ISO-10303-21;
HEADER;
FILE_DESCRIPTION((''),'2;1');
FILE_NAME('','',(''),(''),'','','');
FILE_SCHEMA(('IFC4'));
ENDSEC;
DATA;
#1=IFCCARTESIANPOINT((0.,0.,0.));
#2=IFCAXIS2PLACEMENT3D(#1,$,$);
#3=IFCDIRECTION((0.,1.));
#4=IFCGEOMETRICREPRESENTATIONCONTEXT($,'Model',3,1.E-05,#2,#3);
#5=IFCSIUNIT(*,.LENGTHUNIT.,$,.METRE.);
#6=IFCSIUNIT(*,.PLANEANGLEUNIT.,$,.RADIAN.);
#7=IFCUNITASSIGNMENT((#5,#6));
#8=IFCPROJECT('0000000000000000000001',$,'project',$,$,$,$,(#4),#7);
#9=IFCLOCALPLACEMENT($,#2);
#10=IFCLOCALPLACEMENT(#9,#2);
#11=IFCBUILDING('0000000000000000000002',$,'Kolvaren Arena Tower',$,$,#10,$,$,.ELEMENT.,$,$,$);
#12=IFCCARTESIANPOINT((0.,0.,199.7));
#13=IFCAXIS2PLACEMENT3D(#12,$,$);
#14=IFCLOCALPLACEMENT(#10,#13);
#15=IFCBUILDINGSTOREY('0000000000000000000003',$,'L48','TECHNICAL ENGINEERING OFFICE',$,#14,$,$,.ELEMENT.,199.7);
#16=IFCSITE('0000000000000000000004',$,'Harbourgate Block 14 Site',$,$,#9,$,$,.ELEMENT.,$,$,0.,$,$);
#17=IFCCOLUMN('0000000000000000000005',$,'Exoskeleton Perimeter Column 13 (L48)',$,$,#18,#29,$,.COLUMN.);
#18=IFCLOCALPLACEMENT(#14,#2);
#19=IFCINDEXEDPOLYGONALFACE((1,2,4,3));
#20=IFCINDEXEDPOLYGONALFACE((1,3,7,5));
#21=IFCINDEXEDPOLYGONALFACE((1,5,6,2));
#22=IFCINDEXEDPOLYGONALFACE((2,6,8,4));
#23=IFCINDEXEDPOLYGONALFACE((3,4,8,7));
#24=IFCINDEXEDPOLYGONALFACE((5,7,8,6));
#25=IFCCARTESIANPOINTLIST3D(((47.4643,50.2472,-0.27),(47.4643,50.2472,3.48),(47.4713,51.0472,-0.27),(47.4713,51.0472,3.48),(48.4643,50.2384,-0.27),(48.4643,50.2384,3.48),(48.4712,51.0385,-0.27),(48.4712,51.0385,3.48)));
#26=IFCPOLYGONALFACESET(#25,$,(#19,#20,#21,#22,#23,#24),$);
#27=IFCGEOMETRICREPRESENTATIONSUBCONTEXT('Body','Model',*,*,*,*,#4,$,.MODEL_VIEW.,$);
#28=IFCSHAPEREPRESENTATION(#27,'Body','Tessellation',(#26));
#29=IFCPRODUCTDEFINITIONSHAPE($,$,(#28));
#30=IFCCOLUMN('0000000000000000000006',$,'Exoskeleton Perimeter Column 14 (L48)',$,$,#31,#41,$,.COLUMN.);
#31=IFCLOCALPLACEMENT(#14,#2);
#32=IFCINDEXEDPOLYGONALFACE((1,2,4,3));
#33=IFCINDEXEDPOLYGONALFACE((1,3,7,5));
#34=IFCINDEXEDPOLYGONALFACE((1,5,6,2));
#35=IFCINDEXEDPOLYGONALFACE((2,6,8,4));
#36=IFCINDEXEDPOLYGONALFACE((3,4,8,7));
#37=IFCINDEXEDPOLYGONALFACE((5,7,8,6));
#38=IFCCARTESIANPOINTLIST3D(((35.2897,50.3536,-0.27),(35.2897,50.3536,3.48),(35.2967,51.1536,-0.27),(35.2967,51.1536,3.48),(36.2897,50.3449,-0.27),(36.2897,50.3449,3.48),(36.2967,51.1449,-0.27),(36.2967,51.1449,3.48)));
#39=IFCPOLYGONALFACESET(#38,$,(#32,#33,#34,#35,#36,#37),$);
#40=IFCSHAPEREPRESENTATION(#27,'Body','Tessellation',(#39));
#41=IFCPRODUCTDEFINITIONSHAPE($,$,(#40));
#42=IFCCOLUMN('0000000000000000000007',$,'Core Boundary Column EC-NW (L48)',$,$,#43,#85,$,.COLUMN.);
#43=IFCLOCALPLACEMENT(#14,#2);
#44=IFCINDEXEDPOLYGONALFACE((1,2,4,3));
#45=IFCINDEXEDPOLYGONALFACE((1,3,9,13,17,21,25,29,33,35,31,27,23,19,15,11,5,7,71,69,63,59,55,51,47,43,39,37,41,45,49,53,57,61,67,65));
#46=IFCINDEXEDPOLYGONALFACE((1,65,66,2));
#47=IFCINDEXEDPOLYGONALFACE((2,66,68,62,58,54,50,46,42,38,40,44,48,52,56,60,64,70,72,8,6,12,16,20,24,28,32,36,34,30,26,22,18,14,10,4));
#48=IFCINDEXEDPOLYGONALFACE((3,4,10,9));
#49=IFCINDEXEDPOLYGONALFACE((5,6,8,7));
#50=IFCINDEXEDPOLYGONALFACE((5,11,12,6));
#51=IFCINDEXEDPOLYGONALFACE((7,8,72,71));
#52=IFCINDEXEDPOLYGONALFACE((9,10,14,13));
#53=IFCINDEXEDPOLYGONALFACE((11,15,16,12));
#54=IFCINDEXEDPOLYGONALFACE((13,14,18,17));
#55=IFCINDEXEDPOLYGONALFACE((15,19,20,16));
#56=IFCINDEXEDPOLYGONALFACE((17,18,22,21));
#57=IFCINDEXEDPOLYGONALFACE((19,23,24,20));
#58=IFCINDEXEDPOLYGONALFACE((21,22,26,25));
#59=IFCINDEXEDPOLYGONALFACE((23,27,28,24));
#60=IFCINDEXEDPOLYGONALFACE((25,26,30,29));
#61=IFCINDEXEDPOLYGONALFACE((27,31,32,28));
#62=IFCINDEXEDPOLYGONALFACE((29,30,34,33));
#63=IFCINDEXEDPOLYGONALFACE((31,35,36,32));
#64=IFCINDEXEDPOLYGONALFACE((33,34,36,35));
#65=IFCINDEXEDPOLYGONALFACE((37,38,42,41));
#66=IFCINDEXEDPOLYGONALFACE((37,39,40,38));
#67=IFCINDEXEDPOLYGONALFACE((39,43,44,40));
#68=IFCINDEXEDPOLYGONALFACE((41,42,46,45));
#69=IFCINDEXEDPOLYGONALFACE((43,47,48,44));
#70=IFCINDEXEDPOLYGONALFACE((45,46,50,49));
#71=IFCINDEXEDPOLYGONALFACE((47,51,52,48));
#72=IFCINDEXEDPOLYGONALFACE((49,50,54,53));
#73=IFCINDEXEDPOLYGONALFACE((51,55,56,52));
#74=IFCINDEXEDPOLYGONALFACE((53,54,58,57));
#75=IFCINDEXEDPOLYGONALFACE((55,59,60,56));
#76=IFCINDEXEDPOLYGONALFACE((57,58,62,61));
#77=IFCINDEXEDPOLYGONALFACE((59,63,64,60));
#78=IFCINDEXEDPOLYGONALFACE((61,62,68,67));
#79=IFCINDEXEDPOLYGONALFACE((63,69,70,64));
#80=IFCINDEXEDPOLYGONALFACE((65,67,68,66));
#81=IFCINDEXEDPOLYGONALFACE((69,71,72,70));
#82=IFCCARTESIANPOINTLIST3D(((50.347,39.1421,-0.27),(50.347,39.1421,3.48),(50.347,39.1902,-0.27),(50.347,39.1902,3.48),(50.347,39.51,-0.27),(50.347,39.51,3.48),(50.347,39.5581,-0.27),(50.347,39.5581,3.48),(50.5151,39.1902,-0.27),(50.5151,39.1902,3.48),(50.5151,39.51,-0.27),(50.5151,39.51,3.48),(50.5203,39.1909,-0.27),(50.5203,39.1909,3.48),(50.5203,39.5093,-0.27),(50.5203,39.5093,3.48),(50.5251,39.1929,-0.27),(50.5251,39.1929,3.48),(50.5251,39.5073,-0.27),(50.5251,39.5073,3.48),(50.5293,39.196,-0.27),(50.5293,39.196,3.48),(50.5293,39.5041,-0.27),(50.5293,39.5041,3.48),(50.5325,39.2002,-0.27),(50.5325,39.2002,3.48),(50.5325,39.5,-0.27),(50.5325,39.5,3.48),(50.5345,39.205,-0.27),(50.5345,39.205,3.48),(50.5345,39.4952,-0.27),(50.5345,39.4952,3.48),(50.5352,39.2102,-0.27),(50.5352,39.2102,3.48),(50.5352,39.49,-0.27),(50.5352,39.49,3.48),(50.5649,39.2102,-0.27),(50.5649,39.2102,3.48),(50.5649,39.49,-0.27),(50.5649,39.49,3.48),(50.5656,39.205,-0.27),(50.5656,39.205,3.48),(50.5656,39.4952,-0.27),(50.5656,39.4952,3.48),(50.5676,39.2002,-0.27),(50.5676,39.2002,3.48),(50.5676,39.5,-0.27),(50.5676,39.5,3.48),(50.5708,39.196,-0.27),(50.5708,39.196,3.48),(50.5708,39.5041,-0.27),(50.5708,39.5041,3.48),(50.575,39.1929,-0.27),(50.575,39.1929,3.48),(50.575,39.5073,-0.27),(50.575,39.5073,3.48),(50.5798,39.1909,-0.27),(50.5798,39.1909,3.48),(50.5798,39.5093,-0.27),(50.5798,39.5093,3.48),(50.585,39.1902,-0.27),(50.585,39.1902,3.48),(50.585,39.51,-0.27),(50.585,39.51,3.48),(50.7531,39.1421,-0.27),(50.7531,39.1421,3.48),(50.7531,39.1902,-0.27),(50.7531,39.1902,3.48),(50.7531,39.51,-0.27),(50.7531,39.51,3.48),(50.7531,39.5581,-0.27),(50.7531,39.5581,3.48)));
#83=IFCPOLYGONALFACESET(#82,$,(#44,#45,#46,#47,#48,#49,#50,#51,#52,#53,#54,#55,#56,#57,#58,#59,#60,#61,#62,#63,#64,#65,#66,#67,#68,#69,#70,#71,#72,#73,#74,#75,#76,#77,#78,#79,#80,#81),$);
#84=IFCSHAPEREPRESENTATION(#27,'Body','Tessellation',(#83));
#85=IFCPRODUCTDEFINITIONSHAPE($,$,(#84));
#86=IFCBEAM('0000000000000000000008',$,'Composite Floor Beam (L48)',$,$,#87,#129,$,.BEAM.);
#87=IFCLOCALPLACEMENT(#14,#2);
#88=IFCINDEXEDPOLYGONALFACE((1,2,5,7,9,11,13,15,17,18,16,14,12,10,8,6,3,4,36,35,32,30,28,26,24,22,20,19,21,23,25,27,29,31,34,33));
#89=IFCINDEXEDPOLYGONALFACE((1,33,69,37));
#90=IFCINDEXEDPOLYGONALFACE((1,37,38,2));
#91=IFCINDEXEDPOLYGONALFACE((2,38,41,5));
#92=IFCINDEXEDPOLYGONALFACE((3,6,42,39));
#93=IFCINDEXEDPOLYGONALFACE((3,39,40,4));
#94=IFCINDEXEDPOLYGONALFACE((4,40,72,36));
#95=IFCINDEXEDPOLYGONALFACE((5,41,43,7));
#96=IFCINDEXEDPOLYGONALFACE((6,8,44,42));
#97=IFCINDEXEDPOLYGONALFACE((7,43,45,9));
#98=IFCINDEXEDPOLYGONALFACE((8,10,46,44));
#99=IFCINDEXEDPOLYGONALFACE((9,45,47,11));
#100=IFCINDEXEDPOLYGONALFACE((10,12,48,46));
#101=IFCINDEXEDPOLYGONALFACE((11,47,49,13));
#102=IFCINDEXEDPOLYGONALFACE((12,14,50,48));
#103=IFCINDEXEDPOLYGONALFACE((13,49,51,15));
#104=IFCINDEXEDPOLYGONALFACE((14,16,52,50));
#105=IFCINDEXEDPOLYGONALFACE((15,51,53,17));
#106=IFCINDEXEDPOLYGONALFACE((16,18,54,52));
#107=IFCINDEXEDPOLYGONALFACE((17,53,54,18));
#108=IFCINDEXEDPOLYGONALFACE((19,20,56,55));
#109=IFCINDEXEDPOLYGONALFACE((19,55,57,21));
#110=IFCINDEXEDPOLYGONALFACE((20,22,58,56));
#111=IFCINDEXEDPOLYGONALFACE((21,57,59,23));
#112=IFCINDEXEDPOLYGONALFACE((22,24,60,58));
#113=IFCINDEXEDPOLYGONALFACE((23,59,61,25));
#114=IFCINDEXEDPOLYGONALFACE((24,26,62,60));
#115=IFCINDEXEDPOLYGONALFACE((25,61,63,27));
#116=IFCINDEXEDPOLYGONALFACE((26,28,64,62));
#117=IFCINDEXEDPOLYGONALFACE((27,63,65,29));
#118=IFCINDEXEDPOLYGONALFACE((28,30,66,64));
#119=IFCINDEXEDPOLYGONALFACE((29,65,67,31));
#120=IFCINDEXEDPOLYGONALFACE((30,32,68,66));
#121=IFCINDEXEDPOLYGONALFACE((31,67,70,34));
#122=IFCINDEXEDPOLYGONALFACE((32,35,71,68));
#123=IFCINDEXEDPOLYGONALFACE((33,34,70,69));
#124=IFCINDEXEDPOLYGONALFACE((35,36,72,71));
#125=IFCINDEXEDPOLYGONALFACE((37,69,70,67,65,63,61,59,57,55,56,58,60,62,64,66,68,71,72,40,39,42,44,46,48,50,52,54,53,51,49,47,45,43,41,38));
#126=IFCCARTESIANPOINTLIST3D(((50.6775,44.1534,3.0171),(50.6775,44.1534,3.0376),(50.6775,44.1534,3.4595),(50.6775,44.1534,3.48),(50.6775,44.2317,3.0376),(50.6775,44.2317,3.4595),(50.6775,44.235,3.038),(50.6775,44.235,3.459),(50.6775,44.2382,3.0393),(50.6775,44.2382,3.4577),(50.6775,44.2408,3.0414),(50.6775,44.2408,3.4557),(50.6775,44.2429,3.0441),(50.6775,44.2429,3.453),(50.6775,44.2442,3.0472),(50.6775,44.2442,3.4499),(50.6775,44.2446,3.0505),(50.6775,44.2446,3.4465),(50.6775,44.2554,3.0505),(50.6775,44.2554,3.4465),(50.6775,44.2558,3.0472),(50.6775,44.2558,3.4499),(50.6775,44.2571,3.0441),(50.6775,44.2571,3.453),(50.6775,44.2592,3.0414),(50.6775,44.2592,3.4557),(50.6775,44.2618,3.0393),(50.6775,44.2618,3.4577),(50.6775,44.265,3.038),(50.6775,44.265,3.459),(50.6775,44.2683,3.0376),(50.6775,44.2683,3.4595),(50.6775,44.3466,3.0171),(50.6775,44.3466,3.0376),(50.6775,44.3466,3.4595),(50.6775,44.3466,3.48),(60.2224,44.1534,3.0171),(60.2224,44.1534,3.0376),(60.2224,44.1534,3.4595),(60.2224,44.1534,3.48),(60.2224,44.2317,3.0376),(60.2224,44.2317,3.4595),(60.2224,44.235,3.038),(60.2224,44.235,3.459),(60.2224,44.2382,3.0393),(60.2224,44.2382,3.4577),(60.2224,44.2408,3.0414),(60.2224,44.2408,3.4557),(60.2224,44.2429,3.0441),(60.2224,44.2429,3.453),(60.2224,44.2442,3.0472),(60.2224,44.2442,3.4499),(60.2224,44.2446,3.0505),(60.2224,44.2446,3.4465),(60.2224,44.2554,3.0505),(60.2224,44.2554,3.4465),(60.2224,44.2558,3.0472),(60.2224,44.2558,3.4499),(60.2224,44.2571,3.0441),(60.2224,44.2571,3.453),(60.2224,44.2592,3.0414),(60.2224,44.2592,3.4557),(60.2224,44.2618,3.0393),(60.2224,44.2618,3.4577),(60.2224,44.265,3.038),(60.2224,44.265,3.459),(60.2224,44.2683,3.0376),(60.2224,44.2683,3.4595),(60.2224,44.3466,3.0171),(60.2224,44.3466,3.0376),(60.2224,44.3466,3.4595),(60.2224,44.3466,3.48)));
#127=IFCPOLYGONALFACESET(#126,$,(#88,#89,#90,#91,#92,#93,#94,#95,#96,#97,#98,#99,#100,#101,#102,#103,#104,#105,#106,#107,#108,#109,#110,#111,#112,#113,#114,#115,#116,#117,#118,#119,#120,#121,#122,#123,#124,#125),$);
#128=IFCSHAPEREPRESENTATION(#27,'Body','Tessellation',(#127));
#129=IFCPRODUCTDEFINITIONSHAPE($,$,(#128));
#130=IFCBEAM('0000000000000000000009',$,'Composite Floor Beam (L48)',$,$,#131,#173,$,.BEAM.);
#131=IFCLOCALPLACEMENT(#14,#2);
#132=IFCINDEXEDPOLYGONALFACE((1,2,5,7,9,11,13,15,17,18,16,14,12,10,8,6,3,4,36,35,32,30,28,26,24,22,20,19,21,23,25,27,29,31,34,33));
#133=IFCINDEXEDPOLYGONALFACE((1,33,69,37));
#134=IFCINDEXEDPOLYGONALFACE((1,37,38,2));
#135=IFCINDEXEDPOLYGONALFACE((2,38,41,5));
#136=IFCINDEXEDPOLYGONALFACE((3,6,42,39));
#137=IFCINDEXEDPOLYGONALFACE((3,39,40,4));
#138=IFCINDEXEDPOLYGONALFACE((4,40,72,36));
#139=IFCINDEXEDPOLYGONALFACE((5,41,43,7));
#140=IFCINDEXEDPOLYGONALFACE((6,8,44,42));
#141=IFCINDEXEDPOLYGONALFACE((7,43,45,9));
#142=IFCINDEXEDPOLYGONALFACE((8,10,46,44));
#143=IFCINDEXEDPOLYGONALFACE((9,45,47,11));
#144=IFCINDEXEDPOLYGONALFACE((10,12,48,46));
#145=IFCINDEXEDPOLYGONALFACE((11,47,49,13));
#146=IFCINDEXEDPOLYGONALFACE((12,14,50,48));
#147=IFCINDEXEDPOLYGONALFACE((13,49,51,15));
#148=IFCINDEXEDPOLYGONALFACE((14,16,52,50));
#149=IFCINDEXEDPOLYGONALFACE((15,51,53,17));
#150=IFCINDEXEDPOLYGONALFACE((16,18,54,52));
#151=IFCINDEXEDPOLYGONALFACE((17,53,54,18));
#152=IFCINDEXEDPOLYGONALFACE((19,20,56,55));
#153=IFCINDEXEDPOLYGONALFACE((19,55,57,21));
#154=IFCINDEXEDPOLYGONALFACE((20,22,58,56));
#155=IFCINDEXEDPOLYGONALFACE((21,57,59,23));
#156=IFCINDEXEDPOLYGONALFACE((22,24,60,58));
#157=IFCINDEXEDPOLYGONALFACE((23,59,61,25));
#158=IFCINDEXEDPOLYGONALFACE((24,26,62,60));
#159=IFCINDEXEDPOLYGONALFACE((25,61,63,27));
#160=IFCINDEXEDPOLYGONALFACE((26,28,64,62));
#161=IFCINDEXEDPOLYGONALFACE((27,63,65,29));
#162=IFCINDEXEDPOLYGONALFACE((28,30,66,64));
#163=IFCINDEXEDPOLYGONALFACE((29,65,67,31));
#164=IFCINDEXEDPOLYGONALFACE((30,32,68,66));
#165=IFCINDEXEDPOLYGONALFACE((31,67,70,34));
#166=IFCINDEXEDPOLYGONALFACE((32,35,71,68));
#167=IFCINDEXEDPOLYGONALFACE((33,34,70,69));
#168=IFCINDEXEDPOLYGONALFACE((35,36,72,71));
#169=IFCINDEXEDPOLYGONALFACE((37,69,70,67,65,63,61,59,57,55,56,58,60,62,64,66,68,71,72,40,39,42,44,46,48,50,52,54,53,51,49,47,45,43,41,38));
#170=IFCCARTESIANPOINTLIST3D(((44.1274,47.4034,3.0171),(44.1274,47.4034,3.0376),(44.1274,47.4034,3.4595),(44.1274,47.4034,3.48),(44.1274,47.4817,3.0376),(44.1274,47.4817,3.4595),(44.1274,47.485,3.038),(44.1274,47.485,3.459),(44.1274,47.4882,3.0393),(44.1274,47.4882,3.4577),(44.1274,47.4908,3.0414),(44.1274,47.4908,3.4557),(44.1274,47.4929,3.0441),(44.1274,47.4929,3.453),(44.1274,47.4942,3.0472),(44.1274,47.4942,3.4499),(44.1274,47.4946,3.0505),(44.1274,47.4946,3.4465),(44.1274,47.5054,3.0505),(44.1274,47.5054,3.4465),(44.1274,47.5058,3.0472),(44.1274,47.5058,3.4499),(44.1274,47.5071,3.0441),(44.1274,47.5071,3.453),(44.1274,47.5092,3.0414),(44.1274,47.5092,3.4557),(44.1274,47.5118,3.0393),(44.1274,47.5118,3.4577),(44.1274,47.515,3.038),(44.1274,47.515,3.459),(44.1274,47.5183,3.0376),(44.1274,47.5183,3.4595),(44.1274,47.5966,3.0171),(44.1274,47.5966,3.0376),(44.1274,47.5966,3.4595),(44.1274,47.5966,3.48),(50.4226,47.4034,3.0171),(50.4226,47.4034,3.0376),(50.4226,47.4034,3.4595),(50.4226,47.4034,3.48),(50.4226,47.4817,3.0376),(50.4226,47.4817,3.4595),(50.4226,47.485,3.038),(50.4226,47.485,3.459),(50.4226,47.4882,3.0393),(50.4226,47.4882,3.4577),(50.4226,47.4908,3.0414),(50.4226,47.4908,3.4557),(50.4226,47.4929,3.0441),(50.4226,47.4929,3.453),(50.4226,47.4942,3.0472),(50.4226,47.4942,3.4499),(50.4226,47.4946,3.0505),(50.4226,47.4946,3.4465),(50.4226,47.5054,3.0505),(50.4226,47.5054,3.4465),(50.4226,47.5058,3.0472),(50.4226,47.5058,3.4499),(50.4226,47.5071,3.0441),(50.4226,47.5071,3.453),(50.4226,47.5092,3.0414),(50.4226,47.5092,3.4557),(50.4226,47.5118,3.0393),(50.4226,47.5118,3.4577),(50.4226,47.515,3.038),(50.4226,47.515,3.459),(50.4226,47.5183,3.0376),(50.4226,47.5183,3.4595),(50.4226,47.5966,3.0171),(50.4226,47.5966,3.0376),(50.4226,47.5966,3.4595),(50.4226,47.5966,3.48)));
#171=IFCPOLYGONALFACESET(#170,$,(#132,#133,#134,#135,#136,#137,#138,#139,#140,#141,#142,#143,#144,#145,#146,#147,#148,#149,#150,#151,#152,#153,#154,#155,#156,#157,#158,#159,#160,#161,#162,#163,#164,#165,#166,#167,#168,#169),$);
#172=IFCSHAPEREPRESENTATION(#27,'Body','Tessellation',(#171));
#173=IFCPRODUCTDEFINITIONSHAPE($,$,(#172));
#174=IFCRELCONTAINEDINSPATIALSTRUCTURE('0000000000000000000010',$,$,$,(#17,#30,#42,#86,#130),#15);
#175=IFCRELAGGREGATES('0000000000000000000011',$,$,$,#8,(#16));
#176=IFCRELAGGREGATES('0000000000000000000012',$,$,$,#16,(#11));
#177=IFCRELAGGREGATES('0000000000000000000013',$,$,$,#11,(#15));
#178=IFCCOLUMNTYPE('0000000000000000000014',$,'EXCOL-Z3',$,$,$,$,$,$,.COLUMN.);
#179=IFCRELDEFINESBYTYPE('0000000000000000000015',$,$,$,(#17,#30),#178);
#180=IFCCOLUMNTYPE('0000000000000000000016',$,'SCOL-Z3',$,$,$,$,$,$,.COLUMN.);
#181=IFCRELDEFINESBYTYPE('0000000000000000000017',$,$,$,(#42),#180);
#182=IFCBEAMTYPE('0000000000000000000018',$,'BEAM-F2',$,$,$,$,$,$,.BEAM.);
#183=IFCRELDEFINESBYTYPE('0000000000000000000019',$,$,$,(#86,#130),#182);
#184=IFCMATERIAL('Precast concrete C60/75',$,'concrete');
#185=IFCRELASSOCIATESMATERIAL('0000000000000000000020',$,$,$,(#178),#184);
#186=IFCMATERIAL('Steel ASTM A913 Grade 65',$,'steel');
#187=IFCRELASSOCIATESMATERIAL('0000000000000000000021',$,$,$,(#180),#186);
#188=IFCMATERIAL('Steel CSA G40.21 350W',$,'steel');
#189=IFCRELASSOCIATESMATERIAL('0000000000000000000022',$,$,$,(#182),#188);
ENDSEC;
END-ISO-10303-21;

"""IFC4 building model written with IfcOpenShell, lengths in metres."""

from ifc_helpers import new_model, si_unit, direction, frame, origin, origin_2d, place, context, subcontext, project, spatial, rectangle, i_section, extrude, material, material_profile, profile_set, type_object, element, save


model = new_model("IFC4")

# Units and contexts
model_context = context("Model", 3, precision=1e-05, world=origin(), true_north=direction((0.0, 1.0)))
body_context = subcontext(model_context, "Body", "Model", "MODEL_VIEW")
ifc_project = project(units=[si_unit("LENGTHUNIT", "METRE"), si_unit("PLANEANGLEUNIT", "RADIAN")], contexts=[model_context])

# Site, building, storey
site_placement = place(None, origin())
site = spatial("IfcSite", under=ifc_project, at=site_placement, Name="Harbourgate Block 14 Site", CompositionType="ELEMENT", RefElevation=0.0)
building_placement = place(site_placement, origin())
building = spatial("IfcBuilding", under=site, at=building_placement, Name="Kolvaren Arena Tower", CompositionType="ELEMENT")
storey_placement = place(building_placement, frame((0.0, 0.0, 199.7)))
storey = spatial("IfcBuildingStorey", under=building, at=storey_placement, Name="L48", Description="TECHNICAL ENGINEERING OFFICE", CompositionType="ELEMENT", Elevation=199.7)

# Columns
ifc_material_1 = material(Name="Precast concrete C60/75", Category="concrete")
ifc_material_profile_1 = material_profile(ifc_material_1, rectangle(XDim=1.0, YDim=0.8, at=origin_2d()), Name="RC-1000x800")
ifc_profile_set_1 = profile_set([ifc_material_profile_1], Name="Precast concrete C60/75")
column_type_1 = type_object("IfcColumnType", Name="EXCOL-Z3", PredefinedType="COLUMN", material=ifc_profile_set_1)
for number, where, z_axis, x_axis, name in (
    (1, (47.9678, 50.6428, -0.27), (0.0, 0.0, 1.0), (0.999962, -0.008727, 0.0), "Exoskeleton Perimeter Column 13 (L48)"),
    (2, (35.7932, 50.7493, -0.27), (0.0, 0.0, 1.0), (0.999962, -0.008727, 0.0), "Exoskeleton Perimeter Column 14 (L48)"),
):
    element("IfcColumn", number, at=place(storey_placement, frame(where, z_axis=z_axis, x_axis=x_axis)), inside=storey, type_object=column_type_1, Name=name, PredefinedType="COLUMN", context=body_context, shape_type="SweptSolid", body=[
        extrude(rectangle(XDim=1.0, YDim=0.8, at=origin_2d()), origin(), (0.0, 0.0, 1.0), 3.75),
    ])
ifc_material_2 = material(Name="Steel ASTM A913 Grade 65", Category="steel")
ifc_material_profile_2 = material_profile(ifc_material_2, i_section(OverallWidth=0.406, OverallDepth=0.416, WebThickness=0.0298, FlangeThickness=0.0481, FilletRadius=0.02, at=origin_2d()), Name="W360x382")
ifc_profile_set_2 = profile_set([ifc_material_profile_2], Name="Steel ASTM A913 Grade 65")
column_type_2 = type_object("IfcColumnType", Name="SCOL-Z3", PredefinedType="COLUMN", material=ifc_profile_set_2)
column_placement = place(storey_placement, frame((50.55, 39.3501, -0.27), z_axis=(0.0, 0.0, 1.0), x_axis=(1.0, 0.0, 0.0)))
element("IfcColumn", 3, at=column_placement, inside=storey, type_object=column_type_2, Name="Core Boundary Column EC-NW (L48)", PredefinedType="COLUMN", context=body_context, shape_type="SweptSolid", body=[
    extrude(i_section(OverallWidth=0.406, OverallDepth=0.416, WebThickness=0.0298, FlangeThickness=0.0481, FilletRadius=0.02, at=origin_2d()), origin(), (0.0, 0.0, 1.0), 3.75),
])

# Beams
ifc_material_3 = material(Name="Steel CSA G40.21 350W", Category="steel")
ifc_material_profile_3 = material_profile(ifc_material_3, i_section(OverallWidth=0.1931, OverallDepth=0.4629, WebThickness=0.0107, FlangeThickness=0.0205, FilletRadius=0.0129, at=origin_2d()), Name="W460x113")
ifc_profile_set_3 = profile_set([ifc_material_profile_3], Name="Steel CSA G40.21 350W")
beam_type_1 = type_object("IfcBeamType", Name="BEAM-F2", PredefinedType="BEAM", material=ifc_profile_set_3)
beam_1_placement = place(storey_placement, frame((50.6775, 44.25, 3.2485), z_axis=(1.0, 0.0, 0.0), x_axis=(0.0, 1.0, 0.0)))
element("IfcBeam", 4, at=beam_1_placement, inside=storey, type_object=beam_type_1, Name="Composite Floor Beam (L48)", PredefinedType="BEAM", context=body_context, shape_type="SweptSolid", body=[
    extrude(i_section(OverallWidth=0.1931, OverallDepth=0.4629, WebThickness=0.0107, FlangeThickness=0.0205, FilletRadius=0.0129, at=origin_2d()), origin(), (0.0, 0.0, 1.0), 9.5449),
])
beam_2_placement = place(storey_placement, frame((44.1274, 47.5, 3.2485), z_axis=(1.0, 0.0, 0.0), x_axis=(0.0, 1.0, 0.0)))
element("IfcBeam", 5, at=beam_2_placement, inside=storey, type_object=beam_type_1, Name="Composite Floor Beam (L48)", PredefinedType="BEAM", context=body_context, shape_type="SweptSolid", body=[
    extrude(i_section(OverallWidth=0.1931, OverallDepth=0.4629, WebThickness=0.0107, FlangeThickness=0.0205, FilletRadius=0.0129, at=origin_2d()), origin(), (0.0, 0.0, 1.0), 6.2952),
])

save(model, "model.ifc")
